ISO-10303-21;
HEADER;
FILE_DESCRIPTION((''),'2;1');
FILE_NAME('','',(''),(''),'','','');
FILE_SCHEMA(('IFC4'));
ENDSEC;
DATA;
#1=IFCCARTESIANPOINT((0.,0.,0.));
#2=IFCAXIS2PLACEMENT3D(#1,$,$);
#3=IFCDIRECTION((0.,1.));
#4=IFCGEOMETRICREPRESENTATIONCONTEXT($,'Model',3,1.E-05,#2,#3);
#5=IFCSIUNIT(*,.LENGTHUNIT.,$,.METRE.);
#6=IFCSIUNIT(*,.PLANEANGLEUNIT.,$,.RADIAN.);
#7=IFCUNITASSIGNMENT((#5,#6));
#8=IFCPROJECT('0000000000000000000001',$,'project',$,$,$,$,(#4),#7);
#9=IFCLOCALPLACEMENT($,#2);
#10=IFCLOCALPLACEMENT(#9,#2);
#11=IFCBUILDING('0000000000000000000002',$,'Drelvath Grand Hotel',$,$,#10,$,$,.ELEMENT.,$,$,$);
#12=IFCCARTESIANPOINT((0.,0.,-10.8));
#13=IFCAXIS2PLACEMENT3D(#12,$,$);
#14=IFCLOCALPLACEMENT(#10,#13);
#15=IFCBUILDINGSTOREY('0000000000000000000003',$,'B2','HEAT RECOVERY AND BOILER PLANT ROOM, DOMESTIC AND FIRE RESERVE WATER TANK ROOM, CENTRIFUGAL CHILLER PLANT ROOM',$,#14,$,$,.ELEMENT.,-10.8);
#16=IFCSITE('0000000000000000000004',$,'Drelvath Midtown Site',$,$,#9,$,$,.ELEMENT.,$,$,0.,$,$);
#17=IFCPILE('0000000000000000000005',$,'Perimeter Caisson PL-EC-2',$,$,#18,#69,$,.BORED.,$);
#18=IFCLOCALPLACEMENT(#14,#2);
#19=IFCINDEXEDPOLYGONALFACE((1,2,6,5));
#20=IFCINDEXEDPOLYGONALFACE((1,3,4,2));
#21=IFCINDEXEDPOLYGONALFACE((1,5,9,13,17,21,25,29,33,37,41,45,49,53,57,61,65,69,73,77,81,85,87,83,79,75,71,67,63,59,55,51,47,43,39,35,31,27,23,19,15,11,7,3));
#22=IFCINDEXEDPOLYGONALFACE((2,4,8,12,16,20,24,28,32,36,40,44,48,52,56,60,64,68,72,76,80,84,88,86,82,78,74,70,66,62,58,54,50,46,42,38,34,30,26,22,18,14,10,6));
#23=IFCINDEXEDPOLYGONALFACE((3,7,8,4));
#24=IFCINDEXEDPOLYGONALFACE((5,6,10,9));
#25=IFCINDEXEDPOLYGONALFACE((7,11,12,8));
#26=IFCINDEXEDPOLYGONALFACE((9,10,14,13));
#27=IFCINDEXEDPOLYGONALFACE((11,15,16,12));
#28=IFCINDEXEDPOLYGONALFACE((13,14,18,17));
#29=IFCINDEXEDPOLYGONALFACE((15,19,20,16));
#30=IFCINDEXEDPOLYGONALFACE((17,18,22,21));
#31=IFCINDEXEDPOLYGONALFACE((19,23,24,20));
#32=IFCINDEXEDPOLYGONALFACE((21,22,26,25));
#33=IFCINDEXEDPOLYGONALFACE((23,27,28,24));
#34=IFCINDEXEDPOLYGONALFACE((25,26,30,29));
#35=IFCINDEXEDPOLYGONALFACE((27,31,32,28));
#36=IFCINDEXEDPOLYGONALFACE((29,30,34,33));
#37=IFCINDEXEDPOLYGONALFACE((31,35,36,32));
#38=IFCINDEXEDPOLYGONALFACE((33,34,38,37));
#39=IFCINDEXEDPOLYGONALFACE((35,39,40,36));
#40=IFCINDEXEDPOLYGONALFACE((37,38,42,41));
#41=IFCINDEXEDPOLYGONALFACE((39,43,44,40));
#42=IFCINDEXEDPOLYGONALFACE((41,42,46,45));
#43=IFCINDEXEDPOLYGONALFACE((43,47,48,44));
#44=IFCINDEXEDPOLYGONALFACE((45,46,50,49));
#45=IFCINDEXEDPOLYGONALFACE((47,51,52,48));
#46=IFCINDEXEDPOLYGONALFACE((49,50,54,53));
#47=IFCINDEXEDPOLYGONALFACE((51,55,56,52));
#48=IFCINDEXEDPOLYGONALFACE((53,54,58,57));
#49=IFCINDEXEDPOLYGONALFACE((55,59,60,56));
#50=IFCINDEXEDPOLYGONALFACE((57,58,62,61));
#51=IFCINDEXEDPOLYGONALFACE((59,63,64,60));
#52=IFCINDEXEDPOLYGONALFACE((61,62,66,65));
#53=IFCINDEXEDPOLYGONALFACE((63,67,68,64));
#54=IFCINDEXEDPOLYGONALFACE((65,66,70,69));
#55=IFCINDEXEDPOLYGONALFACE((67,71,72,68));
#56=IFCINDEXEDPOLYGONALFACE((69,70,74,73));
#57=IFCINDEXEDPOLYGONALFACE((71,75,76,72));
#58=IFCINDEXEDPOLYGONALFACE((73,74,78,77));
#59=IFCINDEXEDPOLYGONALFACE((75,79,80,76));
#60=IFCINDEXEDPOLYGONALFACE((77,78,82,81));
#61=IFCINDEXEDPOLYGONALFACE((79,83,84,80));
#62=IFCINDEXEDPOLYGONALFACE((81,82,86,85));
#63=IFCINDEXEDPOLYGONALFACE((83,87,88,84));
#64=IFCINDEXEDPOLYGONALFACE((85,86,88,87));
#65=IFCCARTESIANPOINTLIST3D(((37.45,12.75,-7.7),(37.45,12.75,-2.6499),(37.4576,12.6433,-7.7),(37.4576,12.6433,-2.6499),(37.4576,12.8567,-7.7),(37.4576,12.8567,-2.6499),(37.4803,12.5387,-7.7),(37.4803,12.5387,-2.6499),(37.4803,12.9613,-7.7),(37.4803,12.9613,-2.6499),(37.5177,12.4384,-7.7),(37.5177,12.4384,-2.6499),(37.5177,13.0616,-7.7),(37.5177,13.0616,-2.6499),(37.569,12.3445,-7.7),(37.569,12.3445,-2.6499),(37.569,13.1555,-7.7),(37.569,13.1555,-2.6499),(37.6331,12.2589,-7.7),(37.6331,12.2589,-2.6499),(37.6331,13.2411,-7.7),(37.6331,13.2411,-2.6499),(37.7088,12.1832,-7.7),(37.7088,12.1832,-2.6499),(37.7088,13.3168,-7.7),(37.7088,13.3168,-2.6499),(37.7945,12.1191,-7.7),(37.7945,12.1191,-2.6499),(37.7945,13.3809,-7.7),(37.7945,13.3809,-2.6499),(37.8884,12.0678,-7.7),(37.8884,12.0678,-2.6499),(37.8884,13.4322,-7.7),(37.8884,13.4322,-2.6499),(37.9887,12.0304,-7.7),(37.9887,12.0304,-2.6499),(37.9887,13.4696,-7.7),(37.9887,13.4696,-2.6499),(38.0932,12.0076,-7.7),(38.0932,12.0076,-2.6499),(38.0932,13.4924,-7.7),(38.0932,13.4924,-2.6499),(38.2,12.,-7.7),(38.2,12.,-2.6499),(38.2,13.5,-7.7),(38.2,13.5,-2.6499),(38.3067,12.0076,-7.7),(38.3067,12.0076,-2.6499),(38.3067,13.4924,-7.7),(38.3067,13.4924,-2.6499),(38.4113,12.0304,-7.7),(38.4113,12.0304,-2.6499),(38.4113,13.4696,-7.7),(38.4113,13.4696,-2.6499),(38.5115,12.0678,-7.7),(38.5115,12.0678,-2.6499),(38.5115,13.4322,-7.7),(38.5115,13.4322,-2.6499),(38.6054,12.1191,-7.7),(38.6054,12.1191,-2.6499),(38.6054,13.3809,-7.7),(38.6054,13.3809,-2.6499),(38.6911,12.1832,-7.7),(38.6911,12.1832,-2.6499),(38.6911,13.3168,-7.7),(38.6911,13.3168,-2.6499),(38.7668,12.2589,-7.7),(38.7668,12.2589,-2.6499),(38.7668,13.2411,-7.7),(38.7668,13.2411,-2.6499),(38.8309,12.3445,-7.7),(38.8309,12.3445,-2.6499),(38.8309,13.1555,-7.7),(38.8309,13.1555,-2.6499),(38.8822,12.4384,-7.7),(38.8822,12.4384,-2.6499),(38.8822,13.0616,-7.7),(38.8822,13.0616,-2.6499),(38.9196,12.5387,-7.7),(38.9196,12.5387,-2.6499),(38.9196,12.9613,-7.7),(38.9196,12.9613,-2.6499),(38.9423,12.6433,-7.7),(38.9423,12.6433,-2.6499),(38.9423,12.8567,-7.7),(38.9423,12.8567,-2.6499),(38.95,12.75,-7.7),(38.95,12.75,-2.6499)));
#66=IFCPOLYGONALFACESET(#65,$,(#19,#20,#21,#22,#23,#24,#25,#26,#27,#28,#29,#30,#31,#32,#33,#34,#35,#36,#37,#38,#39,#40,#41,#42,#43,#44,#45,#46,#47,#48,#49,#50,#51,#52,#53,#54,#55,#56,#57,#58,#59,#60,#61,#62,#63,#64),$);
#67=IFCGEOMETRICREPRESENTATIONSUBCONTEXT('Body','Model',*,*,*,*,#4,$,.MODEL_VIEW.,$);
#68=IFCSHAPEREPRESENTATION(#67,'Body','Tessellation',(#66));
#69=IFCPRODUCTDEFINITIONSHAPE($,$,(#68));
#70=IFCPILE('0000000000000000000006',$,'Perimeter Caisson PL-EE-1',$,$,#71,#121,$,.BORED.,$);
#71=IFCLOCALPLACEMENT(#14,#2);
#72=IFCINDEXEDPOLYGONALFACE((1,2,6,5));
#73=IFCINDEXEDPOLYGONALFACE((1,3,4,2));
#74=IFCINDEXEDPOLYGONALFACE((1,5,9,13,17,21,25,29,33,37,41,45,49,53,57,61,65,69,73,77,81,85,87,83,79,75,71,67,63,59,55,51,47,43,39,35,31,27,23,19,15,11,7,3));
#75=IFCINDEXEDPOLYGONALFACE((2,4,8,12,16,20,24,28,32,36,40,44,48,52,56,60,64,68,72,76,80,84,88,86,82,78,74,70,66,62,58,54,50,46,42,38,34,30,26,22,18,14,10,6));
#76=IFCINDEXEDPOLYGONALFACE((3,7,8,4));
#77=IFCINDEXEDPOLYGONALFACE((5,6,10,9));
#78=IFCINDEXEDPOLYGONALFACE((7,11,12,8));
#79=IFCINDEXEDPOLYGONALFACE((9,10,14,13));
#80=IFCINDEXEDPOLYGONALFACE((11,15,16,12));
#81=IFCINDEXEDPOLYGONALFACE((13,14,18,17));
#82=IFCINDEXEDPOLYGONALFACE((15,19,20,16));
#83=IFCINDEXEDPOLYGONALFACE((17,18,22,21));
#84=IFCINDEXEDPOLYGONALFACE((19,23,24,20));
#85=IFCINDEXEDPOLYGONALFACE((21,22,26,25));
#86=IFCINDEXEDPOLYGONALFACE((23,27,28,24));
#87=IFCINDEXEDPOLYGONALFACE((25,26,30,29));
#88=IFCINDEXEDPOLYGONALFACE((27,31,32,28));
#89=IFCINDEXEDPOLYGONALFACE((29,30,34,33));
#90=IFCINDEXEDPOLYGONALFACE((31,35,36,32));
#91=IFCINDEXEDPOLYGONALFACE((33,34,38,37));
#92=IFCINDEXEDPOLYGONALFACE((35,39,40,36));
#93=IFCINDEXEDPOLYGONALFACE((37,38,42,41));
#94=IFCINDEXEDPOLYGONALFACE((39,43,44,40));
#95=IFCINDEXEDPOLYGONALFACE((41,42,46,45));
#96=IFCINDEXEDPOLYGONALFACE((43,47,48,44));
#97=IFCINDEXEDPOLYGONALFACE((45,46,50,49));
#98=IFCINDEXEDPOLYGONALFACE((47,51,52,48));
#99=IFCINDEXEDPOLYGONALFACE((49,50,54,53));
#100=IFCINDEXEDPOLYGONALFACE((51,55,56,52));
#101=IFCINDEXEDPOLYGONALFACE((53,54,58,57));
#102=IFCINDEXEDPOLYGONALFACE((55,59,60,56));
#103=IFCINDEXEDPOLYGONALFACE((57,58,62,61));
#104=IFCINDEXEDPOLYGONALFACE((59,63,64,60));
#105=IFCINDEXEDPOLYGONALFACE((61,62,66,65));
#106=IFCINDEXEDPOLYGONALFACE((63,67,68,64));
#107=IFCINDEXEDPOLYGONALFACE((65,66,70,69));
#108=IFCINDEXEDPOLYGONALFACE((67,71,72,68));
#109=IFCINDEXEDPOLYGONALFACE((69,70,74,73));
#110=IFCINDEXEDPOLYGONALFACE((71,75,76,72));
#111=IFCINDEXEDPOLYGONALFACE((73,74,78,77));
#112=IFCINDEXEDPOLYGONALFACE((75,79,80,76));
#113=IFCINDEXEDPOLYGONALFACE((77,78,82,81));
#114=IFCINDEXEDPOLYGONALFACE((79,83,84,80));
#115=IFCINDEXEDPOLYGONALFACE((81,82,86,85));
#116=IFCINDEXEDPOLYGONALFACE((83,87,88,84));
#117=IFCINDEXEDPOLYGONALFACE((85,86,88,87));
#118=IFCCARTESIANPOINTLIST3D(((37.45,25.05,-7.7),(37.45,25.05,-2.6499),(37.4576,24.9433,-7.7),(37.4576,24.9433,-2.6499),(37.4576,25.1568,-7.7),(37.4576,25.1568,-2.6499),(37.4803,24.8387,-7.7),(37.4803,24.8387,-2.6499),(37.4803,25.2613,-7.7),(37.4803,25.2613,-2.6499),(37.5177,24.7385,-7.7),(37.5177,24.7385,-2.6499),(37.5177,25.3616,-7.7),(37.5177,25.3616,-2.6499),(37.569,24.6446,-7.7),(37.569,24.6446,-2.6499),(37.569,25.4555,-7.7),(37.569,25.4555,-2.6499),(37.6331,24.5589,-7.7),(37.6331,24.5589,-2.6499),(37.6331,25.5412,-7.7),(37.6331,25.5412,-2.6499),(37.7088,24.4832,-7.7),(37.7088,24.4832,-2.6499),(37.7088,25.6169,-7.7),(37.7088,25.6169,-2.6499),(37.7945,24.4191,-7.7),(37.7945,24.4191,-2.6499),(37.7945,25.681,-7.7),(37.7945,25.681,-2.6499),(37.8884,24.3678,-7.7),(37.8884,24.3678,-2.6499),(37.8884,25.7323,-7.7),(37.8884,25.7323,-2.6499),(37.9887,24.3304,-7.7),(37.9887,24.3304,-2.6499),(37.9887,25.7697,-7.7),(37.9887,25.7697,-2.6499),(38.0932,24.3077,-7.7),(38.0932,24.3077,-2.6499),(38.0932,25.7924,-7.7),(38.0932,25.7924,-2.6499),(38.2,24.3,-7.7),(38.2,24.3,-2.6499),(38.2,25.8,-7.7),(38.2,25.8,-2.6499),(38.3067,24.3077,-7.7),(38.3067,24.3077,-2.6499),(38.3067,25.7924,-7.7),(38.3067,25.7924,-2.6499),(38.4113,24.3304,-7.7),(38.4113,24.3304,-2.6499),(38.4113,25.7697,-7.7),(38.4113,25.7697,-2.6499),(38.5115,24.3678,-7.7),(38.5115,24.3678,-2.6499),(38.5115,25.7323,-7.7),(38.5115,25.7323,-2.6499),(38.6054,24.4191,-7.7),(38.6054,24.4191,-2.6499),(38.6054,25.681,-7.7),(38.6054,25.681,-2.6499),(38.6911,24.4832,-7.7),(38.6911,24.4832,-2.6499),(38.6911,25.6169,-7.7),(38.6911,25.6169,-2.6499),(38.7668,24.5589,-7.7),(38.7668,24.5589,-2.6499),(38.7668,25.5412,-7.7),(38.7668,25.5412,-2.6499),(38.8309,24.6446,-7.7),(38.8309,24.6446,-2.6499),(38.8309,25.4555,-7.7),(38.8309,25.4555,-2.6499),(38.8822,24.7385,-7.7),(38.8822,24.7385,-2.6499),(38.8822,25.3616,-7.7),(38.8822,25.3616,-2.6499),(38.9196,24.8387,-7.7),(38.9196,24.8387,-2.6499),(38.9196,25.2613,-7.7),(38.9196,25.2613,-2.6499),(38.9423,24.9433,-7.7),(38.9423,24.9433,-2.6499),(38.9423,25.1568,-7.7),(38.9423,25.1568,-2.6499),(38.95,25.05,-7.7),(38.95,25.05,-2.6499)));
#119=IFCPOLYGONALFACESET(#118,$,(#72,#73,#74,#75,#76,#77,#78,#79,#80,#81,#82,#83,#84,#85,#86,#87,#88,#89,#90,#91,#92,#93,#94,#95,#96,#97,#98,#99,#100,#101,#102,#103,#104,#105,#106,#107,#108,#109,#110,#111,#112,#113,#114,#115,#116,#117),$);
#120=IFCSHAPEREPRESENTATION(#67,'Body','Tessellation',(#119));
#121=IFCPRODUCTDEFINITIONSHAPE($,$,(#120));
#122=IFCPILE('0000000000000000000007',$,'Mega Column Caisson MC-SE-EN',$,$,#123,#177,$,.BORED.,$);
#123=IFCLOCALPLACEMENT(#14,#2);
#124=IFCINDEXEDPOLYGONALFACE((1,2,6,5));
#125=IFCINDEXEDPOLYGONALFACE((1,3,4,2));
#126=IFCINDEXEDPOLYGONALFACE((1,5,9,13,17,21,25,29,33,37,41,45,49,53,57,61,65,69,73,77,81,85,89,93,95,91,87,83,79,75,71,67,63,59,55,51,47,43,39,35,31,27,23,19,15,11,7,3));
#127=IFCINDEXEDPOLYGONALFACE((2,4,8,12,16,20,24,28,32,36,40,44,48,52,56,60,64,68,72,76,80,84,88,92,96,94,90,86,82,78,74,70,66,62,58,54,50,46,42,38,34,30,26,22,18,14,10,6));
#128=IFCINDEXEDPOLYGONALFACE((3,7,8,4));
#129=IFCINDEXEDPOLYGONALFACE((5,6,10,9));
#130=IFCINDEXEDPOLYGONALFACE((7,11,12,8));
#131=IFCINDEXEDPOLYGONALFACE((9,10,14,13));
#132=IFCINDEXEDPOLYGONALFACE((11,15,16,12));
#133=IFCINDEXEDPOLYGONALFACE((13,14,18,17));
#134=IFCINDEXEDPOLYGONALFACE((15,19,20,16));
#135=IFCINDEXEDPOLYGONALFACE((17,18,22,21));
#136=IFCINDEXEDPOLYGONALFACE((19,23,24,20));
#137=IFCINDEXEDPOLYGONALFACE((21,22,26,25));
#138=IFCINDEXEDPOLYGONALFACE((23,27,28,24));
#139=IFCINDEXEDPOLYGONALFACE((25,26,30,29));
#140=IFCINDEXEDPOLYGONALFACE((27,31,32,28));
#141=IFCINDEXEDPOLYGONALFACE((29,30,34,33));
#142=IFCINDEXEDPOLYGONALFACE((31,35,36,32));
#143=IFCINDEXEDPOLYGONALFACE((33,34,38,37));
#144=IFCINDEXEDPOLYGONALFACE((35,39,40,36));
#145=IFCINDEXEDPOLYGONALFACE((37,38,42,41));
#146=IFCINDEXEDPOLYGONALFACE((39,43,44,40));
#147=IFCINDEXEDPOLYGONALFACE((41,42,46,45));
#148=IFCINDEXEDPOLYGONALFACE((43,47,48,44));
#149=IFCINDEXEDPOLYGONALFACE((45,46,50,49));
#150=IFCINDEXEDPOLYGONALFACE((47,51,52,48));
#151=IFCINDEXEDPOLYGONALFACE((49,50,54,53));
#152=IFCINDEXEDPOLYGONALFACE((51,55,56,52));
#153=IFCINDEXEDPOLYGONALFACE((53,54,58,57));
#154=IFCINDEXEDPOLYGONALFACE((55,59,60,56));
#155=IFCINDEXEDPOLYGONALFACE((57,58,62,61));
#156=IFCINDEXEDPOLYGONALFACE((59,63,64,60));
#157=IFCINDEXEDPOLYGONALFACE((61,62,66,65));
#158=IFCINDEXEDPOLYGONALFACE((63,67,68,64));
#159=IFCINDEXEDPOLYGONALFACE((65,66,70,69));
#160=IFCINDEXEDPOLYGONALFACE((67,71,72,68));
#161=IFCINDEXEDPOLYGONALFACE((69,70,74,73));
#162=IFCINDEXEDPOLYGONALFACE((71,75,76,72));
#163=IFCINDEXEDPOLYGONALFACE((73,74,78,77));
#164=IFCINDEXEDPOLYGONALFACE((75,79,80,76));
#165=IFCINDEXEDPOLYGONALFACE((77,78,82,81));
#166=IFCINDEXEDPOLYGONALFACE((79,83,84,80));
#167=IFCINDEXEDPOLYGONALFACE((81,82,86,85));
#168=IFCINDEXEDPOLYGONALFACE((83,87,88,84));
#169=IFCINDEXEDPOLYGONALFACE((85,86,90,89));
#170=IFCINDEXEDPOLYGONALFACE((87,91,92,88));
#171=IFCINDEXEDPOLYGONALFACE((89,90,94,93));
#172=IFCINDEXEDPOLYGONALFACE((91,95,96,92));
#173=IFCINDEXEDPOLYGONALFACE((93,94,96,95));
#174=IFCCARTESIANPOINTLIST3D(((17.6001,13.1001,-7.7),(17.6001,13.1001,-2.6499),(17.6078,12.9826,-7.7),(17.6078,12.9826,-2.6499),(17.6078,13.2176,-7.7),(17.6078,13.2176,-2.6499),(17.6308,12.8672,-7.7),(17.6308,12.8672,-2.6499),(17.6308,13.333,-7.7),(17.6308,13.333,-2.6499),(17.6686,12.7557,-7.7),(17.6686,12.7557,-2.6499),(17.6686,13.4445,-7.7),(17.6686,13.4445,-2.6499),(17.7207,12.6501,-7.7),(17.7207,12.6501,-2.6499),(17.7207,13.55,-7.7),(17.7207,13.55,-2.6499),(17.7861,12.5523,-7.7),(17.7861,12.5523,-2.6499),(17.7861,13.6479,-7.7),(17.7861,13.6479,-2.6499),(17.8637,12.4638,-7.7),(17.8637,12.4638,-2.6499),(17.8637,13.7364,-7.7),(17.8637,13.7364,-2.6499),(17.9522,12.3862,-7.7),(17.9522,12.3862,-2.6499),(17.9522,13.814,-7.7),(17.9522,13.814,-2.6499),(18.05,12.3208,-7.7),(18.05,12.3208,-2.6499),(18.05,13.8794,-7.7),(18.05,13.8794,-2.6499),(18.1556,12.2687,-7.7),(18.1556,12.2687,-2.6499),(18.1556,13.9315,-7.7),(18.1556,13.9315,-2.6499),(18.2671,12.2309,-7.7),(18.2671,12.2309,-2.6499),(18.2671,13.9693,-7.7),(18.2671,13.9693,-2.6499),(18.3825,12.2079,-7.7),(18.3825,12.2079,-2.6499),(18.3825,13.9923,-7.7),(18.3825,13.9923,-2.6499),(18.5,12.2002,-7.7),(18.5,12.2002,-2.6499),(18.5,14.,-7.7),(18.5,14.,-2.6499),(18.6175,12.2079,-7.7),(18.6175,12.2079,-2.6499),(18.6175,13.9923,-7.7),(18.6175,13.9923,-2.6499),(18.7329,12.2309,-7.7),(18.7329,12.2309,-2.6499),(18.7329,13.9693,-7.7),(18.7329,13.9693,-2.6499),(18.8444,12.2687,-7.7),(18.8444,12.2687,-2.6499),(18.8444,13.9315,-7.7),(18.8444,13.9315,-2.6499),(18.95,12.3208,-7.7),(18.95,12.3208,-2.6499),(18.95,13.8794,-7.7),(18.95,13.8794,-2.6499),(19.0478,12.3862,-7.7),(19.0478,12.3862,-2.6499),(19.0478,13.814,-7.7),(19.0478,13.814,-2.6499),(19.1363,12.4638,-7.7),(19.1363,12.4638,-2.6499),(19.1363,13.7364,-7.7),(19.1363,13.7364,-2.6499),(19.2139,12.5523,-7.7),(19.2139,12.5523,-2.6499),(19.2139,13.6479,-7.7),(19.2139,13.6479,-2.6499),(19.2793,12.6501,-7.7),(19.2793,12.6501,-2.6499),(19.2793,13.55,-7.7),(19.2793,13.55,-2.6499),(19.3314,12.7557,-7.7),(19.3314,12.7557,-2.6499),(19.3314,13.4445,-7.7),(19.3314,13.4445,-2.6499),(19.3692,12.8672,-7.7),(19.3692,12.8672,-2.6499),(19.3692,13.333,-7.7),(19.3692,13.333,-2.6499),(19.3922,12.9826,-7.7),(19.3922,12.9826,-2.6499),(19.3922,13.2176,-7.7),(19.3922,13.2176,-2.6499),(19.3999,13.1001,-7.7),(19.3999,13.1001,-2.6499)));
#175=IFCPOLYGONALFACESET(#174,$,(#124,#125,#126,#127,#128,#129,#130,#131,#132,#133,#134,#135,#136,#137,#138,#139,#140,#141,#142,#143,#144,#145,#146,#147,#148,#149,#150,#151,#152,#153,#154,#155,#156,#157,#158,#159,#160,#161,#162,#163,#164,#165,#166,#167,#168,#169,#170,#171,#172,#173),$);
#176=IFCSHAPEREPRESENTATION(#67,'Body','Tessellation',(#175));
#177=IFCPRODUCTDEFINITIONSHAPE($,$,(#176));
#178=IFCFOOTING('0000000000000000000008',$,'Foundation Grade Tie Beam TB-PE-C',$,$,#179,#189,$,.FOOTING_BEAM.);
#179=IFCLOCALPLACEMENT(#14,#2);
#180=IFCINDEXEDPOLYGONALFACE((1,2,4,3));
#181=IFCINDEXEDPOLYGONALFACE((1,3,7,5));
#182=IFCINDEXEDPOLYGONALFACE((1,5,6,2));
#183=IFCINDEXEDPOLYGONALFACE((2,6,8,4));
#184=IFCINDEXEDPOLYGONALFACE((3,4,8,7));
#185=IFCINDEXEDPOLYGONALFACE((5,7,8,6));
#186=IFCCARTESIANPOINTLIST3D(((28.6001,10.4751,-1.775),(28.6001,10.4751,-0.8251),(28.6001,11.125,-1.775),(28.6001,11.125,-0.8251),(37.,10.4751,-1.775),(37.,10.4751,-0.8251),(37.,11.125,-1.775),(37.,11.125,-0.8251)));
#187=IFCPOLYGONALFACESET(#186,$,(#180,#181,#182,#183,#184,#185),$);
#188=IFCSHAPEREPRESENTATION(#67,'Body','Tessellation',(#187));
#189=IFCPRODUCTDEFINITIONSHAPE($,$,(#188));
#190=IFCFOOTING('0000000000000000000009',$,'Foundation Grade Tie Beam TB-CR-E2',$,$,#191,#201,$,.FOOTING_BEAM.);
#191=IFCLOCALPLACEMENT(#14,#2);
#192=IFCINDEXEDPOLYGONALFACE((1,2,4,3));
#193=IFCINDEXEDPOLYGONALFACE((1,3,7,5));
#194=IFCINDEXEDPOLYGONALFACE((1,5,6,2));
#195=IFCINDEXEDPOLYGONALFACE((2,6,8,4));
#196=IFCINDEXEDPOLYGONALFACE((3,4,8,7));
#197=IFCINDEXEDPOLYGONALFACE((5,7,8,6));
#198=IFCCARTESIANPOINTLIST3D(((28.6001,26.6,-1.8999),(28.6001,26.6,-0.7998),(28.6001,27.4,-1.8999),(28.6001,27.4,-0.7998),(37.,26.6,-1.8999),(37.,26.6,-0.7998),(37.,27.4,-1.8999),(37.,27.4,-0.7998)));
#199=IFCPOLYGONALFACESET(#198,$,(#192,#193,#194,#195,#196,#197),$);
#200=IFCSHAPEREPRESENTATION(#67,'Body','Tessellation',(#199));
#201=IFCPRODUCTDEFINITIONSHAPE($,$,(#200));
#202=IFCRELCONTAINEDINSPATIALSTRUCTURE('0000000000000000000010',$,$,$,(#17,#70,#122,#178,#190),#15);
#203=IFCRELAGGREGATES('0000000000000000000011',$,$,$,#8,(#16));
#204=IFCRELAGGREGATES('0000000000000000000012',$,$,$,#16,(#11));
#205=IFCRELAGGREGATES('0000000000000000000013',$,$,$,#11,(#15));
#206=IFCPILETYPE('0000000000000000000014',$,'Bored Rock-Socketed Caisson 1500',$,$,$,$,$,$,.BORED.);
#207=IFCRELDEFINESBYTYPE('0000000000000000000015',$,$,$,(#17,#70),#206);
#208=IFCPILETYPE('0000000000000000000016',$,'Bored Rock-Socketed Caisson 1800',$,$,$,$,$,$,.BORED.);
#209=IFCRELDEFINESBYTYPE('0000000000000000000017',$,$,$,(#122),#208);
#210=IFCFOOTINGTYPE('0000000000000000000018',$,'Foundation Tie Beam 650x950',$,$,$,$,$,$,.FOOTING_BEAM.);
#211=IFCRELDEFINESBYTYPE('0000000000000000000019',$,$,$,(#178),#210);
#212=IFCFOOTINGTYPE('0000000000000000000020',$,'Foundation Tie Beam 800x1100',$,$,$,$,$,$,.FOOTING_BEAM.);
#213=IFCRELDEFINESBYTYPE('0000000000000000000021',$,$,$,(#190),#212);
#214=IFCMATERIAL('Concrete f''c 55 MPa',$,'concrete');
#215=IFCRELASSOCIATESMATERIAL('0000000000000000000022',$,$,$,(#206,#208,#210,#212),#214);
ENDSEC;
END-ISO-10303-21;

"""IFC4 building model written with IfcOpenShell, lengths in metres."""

from ifc_helpers import new_model, si_unit, direction, frame, origin, origin_2d, place, context, subcontext, project, spatial, rectangle, circle, extrude, material, material_profile, profile_set, type_object, element, save


model = new_model("IFC4")

# Units and contexts
model_context = context("Model", 3, precision=1e-05, world=origin(), true_north=direction((0.0, 1.0)))
body_context = subcontext(model_context, "Body", "Model", "MODEL_VIEW")
ifc_project = project(units=[si_unit("LENGTHUNIT", "METRE"), si_unit("PLANEANGLEUNIT", "RADIAN")], contexts=[model_context])

# Site, building, storey
site_placement = place(None, origin())
site = spatial("IfcSite", under=ifc_project, at=site_placement, Name="Drelvath Midtown Site", CompositionType="ELEMENT", RefElevation=0.0)
building_placement = place(site_placement, origin())
building = spatial("IfcBuilding", under=site, at=building_placement, Name="Drelvath Grand Hotel", CompositionType="ELEMENT")
storey_placement = place(building_placement, frame((0.0, 0.0, -10.8)))
storey = spatial("IfcBuildingStorey", under=building, at=storey_placement, Name="B2", Description="HEAT RECOVERY AND BOILER PLANT ROOM, DOMESTIC AND FIRE RESERVE WATER TANK ROOM, CENTRIFUGAL CHILLER PLANT ROOM", CompositionType="ELEMENT", Elevation=-10.8)

# Piles
ifc_material_1 = material(Name="Concrete f'c 55 MPa", Category="concrete")
ifc_material_profile_1 = material_profile(ifc_material_1, circle(Radius=0.75, at=origin_2d()), Name="CAISSON1500")
ifc_profile_set_1 = profile_set([ifc_material_profile_1], Name="Concrete f'c 55 MPa")
pile_type_1 = type_object("IfcPileType", Name="Bored Rock-Socketed Caisson 1500", PredefinedType="BORED", material=ifc_profile_set_1)
for number, where, z_axis, x_axis, name in (
    (1, (38.2, 12.75, -2.6499), (0.0, 0.0, -1.0), (1.0, 0.0, 0.0), "Perimeter Caisson PL-EC-2"),
    (2, (38.2, 25.05, -2.6499), (0.0, 0.0, -1.0), (1.0, 0.0, 0.0), "Perimeter Caisson PL-EE-1"),
):
    element("IfcPile", number, at=place(storey_placement, frame(where, z_axis=z_axis, x_axis=x_axis)), inside=storey, type_object=pile_type_1, Name=name, PredefinedType="BORED", context=body_context, shape_type="SweptSolid", body=[
        extrude(circle(Radius=0.75, at=origin_2d()), origin(), (0.0, 0.0, 1.0), 5.05),
    ])
ifc_material_profile_2 = material_profile(ifc_material_1, circle(Radius=0.8999, at=origin_2d()), Name="CAISSON1800")
ifc_profile_set_2 = profile_set([ifc_material_profile_2], Name="Concrete f'c 55 MPa")
pile_type_2 = type_object("IfcPileType", Name="Bored Rock-Socketed Caisson 1800", PredefinedType="BORED", material=ifc_profile_set_2)
pile_placement = place(storey_placement, frame((18.5, 13.1001, -2.6499), z_axis=(0.0, 0.0, -1.0), x_axis=(1.0, 0.0, 0.0)))
element("IfcPile", 3, at=pile_placement, inside=storey, type_object=pile_type_2, Name="Mega Column Caisson MC-SE-EN", PredefinedType="BORED", context=body_context, shape_type="SweptSolid", body=[
    extrude(circle(Radius=0.8999, at=origin_2d()), origin(), (0.0, 0.0, 1.0), 5.05),
])

# Footings
ifc_material_profile_3 = material_profile(ifc_material_1, rectangle(XDim=0.6499, YDim=0.95, at=origin_2d()), Name="CB650X950")
ifc_profile_set_3 = profile_set([ifc_material_profile_3], Name="Concrete f'c 55 MPa")
footing_type_1 = type_object("IfcFootingType", Name="Foundation Tie Beam 650x950", PredefinedType="FOOTING_BEAM", material=ifc_profile_set_3)
footing_1_placement = place(storey_placement, frame((28.6001, 10.8, -1.3), z_axis=(1.0, 0.0, 0.0), x_axis=(0.0, 1.0, 0.0)))
element("IfcFooting", 4, at=footing_1_placement, inside=storey, type_object=footing_type_1, Name="Foundation Grade Tie Beam TB-PE-C", PredefinedType="FOOTING_BEAM", context=body_context, shape_type="SweptSolid", body=[
    extrude(rectangle(XDim=0.6499, YDim=0.95, at=origin_2d()), origin(), (0.0, 0.0, 1.0), 8.3999),
])
ifc_material_profile_4 = material_profile(ifc_material_1, rectangle(XDim=0.8, YDim=1.1001, at=origin_2d()), Name="CB800X1100")
ifc_profile_set_4 = profile_set([ifc_material_profile_4], Name="Concrete f'c 55 MPa")
footing_type_2 = type_object("IfcFootingType", Name="Foundation Tie Beam 800x1100", PredefinedType="FOOTING_BEAM", material=ifc_profile_set_4)
footing_2_placement = place(storey_placement, frame((28.6001, 27.0, -1.3499), z_axis=(1.0, 0.0, 0.0), x_axis=(0.0, 1.0, 0.0)))
element("IfcFooting", 5, at=footing_2_placement, inside=storey, type_object=footing_type_2, Name="Foundation Grade Tie Beam TB-CR-E2", PredefinedType="FOOTING_BEAM", context=body_context, shape_type="SweptSolid", body=[
    extrude(rectangle(XDim=0.8, YDim=1.1001, at=origin_2d()), origin(), (0.0, 0.0, 1.0), 8.3999),
])

save(model, "model.ifc")
